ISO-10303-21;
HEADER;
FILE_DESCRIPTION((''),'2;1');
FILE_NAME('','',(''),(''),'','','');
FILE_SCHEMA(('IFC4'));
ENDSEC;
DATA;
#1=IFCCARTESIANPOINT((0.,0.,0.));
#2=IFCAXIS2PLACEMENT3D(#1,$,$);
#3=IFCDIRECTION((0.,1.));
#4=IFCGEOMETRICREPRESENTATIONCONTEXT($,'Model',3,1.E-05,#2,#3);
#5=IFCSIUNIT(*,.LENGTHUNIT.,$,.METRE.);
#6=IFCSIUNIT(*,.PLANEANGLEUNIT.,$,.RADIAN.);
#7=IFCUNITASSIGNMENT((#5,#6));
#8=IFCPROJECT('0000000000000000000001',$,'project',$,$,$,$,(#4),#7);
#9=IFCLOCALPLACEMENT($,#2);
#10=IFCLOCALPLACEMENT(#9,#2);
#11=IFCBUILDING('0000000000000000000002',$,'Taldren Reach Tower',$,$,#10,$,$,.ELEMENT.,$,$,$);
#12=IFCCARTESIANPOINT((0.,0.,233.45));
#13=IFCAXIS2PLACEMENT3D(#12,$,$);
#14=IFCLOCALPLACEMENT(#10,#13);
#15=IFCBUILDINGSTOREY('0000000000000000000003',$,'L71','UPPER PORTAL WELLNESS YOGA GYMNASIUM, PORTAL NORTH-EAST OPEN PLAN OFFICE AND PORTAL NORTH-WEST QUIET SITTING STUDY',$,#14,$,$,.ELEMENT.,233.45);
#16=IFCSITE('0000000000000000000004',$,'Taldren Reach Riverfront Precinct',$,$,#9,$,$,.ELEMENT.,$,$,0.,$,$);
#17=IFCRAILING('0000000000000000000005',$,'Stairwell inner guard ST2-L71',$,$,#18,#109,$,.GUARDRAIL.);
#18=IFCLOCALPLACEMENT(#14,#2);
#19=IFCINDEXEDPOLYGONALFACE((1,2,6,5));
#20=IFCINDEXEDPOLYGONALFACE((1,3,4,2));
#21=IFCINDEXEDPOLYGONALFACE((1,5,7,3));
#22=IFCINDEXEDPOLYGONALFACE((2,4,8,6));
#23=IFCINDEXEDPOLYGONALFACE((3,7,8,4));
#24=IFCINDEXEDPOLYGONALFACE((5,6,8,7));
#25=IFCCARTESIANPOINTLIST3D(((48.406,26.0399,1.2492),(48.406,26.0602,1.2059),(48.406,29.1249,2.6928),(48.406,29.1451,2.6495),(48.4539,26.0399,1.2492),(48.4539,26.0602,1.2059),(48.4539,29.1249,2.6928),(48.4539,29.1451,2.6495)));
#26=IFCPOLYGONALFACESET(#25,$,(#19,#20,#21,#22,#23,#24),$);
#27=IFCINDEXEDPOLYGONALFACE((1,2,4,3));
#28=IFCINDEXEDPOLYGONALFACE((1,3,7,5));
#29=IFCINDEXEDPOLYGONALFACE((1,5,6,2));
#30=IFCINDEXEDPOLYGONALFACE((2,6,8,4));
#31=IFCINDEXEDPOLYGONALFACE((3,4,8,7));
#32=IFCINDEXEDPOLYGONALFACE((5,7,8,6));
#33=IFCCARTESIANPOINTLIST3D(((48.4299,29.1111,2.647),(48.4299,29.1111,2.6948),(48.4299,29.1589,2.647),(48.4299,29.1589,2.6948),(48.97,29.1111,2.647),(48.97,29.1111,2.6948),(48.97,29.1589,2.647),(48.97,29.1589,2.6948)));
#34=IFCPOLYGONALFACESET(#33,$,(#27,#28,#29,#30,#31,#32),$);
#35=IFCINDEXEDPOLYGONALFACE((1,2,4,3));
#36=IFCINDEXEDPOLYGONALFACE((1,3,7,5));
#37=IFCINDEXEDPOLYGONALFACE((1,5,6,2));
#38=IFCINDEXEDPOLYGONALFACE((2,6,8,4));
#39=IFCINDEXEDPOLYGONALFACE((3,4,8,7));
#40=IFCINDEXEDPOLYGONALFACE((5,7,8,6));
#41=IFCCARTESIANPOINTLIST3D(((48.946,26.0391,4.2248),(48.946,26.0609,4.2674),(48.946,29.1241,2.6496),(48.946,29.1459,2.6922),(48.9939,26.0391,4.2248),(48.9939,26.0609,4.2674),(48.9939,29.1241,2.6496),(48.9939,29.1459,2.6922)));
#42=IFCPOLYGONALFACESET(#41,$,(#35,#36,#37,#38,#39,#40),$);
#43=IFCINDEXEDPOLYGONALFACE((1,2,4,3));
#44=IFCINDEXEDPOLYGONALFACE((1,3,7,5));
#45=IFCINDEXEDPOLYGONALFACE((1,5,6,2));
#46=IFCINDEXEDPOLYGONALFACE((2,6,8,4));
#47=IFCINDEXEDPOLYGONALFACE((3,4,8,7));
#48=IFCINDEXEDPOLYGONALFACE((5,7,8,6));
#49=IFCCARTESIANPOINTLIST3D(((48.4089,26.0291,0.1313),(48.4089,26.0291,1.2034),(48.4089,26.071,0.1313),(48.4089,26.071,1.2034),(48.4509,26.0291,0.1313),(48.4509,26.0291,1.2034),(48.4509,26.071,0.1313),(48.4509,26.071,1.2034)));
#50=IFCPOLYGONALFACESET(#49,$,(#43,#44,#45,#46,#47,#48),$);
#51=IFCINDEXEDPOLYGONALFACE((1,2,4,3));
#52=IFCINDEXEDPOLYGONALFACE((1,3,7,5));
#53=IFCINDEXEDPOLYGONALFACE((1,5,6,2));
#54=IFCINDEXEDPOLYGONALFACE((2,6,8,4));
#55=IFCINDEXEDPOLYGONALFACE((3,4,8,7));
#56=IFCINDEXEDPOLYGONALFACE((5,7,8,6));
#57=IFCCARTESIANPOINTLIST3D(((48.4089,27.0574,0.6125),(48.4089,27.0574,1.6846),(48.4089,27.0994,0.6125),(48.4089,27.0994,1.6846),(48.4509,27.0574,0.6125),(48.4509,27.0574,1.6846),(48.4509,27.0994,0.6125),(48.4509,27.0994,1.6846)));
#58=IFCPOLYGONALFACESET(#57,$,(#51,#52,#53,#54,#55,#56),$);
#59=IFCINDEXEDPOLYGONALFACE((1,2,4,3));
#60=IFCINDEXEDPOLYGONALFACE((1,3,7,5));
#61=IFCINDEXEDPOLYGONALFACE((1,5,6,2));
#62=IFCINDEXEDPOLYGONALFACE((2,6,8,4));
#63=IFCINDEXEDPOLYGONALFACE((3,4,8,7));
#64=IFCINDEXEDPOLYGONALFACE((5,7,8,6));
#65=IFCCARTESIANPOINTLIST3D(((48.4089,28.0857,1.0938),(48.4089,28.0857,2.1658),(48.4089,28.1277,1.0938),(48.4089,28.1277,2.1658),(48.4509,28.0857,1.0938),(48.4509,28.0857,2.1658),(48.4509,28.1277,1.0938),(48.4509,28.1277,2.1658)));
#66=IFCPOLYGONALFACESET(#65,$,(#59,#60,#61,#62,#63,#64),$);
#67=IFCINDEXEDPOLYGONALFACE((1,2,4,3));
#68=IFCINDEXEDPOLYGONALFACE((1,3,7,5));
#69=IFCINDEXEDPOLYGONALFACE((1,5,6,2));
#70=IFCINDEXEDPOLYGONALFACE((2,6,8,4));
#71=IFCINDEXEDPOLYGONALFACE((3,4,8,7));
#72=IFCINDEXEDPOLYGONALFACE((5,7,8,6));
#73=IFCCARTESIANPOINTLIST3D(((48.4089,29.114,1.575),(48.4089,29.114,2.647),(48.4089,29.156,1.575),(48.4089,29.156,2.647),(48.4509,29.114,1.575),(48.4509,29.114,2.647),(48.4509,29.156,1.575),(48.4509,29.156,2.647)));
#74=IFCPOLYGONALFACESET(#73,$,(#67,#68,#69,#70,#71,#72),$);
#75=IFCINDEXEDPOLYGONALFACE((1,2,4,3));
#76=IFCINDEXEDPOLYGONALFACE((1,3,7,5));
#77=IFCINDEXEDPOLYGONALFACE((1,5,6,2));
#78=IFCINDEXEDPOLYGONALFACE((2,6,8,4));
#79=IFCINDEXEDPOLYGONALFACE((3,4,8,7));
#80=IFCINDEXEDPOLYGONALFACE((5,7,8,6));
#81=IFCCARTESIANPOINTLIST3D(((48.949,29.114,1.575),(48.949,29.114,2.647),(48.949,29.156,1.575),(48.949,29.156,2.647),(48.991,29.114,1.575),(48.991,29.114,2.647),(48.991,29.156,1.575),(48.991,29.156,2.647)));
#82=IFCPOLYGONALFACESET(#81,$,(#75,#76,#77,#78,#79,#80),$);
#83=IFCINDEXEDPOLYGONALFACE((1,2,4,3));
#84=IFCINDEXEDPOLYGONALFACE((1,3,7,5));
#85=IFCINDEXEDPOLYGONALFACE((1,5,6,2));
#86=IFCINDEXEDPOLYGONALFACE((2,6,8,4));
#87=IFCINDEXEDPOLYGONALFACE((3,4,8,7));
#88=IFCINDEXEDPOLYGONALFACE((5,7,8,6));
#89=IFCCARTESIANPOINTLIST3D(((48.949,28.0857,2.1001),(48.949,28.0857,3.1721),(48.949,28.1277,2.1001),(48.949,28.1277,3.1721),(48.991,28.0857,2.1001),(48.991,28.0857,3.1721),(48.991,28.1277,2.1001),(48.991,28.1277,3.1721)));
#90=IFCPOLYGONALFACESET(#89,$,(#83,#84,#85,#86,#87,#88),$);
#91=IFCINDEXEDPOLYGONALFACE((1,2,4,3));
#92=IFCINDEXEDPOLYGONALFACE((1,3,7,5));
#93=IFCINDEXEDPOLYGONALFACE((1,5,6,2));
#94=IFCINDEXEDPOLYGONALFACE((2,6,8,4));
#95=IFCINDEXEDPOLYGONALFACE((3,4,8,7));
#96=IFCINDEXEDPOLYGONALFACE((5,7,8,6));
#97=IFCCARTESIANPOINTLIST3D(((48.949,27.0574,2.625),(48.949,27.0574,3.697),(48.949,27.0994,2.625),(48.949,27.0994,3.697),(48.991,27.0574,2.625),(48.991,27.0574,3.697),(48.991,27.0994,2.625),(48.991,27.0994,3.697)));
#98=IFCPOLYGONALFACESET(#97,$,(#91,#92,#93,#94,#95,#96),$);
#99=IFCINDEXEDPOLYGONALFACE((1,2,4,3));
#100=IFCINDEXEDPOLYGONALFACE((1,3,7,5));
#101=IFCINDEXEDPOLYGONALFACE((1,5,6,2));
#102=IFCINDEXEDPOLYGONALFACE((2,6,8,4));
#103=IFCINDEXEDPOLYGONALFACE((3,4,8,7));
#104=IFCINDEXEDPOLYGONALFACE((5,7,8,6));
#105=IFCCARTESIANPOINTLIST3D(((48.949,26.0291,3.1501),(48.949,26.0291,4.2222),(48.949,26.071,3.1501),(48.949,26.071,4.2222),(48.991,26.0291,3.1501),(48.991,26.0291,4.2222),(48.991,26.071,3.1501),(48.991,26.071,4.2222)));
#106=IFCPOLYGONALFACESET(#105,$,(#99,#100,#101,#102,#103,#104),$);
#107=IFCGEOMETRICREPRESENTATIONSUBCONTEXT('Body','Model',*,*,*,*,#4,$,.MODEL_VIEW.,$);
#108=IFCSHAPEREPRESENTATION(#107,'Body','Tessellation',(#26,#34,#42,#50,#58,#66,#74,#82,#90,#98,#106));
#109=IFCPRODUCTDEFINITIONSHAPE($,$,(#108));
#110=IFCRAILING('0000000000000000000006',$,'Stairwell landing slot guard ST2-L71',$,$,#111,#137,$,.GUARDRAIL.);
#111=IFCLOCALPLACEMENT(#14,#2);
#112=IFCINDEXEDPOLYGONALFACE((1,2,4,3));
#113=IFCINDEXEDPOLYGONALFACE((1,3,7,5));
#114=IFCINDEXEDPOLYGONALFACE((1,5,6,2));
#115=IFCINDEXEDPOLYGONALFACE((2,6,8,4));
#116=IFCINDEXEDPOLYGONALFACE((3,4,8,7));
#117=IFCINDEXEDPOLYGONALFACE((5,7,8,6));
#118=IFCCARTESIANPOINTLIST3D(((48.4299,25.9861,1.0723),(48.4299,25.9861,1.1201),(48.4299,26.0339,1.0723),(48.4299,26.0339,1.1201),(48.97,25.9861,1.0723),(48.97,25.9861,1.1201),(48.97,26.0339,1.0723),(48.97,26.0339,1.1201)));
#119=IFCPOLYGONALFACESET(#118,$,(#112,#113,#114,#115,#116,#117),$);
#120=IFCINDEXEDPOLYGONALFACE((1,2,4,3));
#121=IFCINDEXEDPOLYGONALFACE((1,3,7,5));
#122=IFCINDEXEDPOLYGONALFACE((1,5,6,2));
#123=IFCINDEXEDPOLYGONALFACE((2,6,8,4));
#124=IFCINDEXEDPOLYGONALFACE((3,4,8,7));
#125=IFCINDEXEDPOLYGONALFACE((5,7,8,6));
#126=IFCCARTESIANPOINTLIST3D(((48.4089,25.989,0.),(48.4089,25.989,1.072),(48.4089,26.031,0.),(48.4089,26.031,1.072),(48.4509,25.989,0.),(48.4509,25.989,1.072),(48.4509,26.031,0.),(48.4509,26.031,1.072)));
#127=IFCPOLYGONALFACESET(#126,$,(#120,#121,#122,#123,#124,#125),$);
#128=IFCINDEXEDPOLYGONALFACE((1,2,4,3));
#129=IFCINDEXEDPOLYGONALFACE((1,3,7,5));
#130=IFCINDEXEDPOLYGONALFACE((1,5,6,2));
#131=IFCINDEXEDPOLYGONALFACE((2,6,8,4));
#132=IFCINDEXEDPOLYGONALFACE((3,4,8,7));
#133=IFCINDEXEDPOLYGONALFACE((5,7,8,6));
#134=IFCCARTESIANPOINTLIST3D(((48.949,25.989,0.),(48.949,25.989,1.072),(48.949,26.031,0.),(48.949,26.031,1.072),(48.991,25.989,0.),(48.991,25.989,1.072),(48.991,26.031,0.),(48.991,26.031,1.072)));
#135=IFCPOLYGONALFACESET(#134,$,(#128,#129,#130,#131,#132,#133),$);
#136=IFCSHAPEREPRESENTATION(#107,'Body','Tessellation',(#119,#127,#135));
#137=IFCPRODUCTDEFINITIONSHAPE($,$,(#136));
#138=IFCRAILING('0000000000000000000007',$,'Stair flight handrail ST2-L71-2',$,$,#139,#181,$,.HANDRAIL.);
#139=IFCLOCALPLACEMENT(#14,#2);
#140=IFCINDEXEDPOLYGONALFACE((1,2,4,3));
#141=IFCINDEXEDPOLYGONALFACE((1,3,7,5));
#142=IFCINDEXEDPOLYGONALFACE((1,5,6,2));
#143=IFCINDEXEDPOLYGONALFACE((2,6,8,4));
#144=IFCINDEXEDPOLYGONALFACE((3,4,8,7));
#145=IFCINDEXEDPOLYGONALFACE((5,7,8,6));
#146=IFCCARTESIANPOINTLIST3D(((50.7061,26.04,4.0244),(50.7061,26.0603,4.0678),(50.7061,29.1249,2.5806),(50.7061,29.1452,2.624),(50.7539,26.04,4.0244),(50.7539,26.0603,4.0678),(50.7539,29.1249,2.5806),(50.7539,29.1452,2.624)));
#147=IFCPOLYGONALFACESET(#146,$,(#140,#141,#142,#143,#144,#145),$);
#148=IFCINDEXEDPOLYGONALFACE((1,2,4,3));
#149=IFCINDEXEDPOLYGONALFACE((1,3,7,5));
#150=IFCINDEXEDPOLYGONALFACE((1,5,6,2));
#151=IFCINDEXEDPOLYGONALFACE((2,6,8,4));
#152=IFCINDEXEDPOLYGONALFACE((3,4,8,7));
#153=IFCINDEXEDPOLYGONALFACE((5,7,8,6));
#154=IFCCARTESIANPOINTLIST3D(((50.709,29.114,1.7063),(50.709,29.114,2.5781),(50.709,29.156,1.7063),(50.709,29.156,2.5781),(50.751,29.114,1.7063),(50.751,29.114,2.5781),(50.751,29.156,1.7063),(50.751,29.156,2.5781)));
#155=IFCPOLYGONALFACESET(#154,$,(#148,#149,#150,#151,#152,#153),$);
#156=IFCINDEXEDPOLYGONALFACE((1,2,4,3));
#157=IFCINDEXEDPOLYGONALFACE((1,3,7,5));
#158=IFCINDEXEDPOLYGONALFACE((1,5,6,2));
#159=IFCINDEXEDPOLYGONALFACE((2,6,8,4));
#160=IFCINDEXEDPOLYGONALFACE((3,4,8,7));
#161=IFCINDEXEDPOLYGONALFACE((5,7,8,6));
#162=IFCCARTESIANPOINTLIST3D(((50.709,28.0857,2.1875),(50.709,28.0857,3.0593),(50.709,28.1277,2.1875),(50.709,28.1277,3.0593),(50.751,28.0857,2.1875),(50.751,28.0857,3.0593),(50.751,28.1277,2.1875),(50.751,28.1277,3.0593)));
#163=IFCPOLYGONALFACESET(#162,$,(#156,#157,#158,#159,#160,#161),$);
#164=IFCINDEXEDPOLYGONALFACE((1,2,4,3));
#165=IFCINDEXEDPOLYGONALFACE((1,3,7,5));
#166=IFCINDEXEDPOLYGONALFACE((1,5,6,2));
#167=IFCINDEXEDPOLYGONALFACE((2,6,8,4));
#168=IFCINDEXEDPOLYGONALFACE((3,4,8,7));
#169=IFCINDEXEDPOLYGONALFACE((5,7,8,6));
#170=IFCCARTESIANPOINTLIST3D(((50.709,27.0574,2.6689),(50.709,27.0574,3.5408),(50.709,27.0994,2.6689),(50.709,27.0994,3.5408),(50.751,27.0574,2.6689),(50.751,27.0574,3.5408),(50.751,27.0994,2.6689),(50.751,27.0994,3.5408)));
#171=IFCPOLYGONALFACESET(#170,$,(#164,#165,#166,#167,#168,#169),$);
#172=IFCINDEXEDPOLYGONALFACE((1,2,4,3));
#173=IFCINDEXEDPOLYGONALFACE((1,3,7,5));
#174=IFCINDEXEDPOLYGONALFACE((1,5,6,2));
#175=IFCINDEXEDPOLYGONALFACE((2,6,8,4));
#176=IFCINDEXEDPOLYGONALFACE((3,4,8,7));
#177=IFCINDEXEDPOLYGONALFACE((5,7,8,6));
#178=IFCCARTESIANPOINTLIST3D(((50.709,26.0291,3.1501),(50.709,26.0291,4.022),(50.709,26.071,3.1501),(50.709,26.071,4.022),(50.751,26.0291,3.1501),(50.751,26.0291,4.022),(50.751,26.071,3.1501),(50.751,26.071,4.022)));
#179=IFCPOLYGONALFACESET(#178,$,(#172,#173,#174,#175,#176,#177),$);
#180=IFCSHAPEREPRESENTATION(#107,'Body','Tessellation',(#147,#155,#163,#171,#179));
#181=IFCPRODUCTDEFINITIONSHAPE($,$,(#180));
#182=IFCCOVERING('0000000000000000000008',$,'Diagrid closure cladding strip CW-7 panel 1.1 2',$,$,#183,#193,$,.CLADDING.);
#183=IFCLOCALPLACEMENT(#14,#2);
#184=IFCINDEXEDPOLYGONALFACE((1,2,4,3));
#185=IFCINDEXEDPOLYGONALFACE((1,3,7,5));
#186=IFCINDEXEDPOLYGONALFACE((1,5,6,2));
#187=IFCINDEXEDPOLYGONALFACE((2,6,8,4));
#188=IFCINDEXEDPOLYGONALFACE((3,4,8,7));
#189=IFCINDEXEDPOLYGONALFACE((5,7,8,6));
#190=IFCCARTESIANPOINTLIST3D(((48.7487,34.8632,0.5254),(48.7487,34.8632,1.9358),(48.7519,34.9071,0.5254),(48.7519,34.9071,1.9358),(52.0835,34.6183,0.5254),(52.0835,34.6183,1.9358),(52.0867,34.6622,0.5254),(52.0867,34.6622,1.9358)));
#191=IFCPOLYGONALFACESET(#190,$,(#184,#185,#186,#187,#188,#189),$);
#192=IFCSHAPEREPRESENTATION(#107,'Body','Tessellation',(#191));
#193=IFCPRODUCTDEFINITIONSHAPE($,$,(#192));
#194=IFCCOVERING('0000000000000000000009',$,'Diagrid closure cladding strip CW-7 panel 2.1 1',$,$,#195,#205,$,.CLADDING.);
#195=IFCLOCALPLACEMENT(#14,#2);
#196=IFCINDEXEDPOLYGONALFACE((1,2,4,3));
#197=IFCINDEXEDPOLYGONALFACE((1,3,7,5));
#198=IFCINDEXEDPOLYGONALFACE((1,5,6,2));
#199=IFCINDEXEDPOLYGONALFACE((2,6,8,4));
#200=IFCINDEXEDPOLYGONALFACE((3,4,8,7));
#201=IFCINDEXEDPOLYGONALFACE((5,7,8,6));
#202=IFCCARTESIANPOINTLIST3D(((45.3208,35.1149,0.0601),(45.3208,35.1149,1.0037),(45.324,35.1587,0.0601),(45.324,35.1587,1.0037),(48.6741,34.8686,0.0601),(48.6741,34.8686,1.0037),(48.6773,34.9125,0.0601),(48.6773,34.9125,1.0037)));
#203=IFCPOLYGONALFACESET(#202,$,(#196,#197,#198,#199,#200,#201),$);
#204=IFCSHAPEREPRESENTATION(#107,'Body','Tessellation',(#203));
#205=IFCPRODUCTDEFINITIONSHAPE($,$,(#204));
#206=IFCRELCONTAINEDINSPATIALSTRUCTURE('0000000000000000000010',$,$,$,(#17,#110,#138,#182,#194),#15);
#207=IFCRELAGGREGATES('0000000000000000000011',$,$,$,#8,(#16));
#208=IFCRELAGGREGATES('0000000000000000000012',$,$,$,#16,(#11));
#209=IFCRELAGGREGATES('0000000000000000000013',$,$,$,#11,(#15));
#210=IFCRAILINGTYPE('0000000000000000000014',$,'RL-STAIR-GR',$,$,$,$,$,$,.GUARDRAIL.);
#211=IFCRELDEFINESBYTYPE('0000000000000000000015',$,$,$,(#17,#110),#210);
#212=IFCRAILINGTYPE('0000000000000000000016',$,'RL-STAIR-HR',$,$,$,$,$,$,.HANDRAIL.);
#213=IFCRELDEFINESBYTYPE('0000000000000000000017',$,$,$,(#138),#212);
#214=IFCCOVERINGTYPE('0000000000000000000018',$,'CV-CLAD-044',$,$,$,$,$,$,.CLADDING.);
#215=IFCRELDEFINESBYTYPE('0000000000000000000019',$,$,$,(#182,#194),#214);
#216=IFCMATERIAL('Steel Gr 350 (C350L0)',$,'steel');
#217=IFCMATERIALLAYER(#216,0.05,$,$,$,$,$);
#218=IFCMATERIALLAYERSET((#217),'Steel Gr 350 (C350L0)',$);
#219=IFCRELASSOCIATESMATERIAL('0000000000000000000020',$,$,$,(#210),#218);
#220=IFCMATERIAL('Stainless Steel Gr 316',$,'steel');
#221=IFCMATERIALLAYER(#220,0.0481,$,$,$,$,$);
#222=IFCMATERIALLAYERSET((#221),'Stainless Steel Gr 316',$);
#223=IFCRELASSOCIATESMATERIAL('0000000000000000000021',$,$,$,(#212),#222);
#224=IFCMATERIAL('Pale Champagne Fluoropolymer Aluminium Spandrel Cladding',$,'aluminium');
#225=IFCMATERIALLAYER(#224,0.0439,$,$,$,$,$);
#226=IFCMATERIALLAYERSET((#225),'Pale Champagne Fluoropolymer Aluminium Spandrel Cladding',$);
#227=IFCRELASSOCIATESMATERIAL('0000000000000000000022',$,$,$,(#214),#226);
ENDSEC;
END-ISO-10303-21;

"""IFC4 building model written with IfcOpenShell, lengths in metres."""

from ifc_helpers import new_model, si_unit, direction, frame, origin, origin_2d, place, context, subcontext, project, spatial, rectangle, extrude, source, transform, mapped, material, layer, layer_set, type_object, element, save


model = new_model("IFC4")

# Units and contexts
model_context = context("Model", 3, precision=1e-05, world=origin(), true_north=direction((0.0, 1.0)))
body_context = subcontext(model_context, "Body", "Model", "MODEL_VIEW")
ifc_project = project(units=[si_unit("LENGTHUNIT", "METRE"), si_unit("PLANEANGLEUNIT", "RADIAN")], contexts=[model_context])

# Site, building, storey
site_placement = place(None, origin())
site = spatial("IfcSite", under=ifc_project, at=site_placement, Name="Taldren Reach Riverfront Precinct", CompositionType="ELEMENT", RefElevation=0.0)
building_placement = place(site_placement, origin())
building = spatial("IfcBuilding", under=site, at=building_placement, Name="Taldren Reach Tower", CompositionType="ELEMENT")
storey_placement = place(building_placement, frame((0.0, 0.0, 233.45)))
storey = spatial("IfcBuildingStorey", under=building, at=storey_placement, Name="L71", Description="UPPER PORTAL WELLNESS YOGA GYMNASIUM, PORTAL NORTH-EAST OPEN PLAN OFFICE AND PORTAL NORTH-WEST QUIET SITTING STUDY", CompositionType="ELEMENT", Elevation=233.45)

# Shared definitions
ifc_material_1 = material(Name="Steel Gr 350 (C350L0)", Category="steel")

# Railings
ifc_layer_1 = layer(ifc_material_1, 0.05)
ifc_layer_set_1 = layer_set([ifc_layer_1], Name="Steel Gr 350 (C350L0)")
railing_type_1 = type_object("IfcRailingType", Name="RL-STAIR-GR", PredefinedType="GUARDRAIL", material=ifc_layer_set_1)
railing_1_placement = place(storey_placement, frame((48.4299, 26.05, 0.1313)))
element("IfcRailing", 1, at=railing_1_placement, inside=storey, type_object=railing_type_1, Name="Stairwell inner guard ST2-L71", PredefinedType="GUARDRAIL", context=body_context, shape_type="SweptSolid", body=[
    extrude(rectangle(XDim=0.0479, YDim=0.0479, at=origin_2d()), frame((0.0, 0.0, 1.0962), z_axis=(0.0, 0.905738, 0.423839), x_axis=(-1.0, 0.0, 0.0)), (0.0, 0.0, 1.0), 3.406),
    extrude(rectangle(XDim=0.0479, YDim=0.0479, at=origin_2d()), frame((0.0, 3.085, 2.5396), z_axis=(1.0, 0.0, 0.0), x_axis=(0.0, 1.0, 0.0)), (0.0, 0.0, 1.0), 0.54),
    extrude(rectangle(XDim=0.0479, YDim=0.0479, at=origin_2d()), frame((0.54, 3.085, 2.5396), z_axis=(0.0, -0.890617, 0.454753), x_axis=(1.0, 0.0, 0.0)), (0.0, 0.0, 1.0), 3.4639),
    extrude(rectangle(XDim=0.042, YDim=0.042, at=origin_2d()), origin(), (0.0, 0.0, 1.0), 1.072),
    extrude(rectangle(XDim=0.042, YDim=0.042, at=origin_2d()), frame((0.0, 1.0283, 0.4812)), (0.0, 0.0, 1.0), 1.072),
    extrude(rectangle(XDim=0.042, YDim=0.042, at=origin_2d()), frame((0.0, 2.0566, 0.9624)), (0.0, 0.0, 1.0), 1.072),
    extrude(rectangle(XDim=0.042, YDim=0.042, at=origin_2d()), frame((0.0, 3.085, 1.4436)), (0.0, 0.0, 1.0), 1.072),
    extrude(rectangle(XDim=0.042, YDim=0.042, at=origin_2d()), frame((0.54, 3.085, 1.4436)), (0.0, 0.0, 1.0), 1.072),
    extrude(rectangle(XDim=0.042, YDim=0.042, at=origin_2d()), frame((0.54, 2.0566, 1.9688)), (0.0, 0.0, 1.0), 1.072),
    extrude(rectangle(XDim=0.042, YDim=0.042, at=origin_2d()), frame((0.54, 1.0283, 2.4937)), (0.0, 0.0, 1.0), 1.072),
    extrude(rectangle(XDim=0.042, YDim=0.042, at=origin_2d()), frame((0.54, 0.0, 3.0188)), (0.0, 0.0, 1.0), 1.072),
])
railing_2_placement = place(storey_placement, frame((48.4299, 26.01, 0.0)))
element("IfcRailing", 2, at=railing_2_placement, inside=storey, type_object=railing_type_1, Name="Stairwell landing slot guard ST2-L71", PredefinedType="GUARDRAIL", context=body_context, shape_type="SweptSolid", body=[
    extrude(rectangle(XDim=0.0479, YDim=0.0479, at=origin_2d()), frame((0.0, 0.0, 1.0962), z_axis=(1.0, 0.0, 0.0), x_axis=(0.0, 1.0, 0.0)), (0.0, 0.0, 1.0), 0.54),
    extrude(rectangle(XDim=0.042, YDim=0.042, at=origin_2d()), origin(), (0.0, 0.0, 1.0), 1.072),
    extrude(rectangle(XDim=0.042, YDim=0.042, at=origin_2d()), frame((0.54, 0.0, 0.0)), (0.0, 0.0, 1.0), 1.072),
])
ifc_material_2 = material(Name="Stainless Steel Gr 316", Category="steel")
ifc_layer_2 = layer(ifc_material_2, 0.0481)
ifc_layer_set_2 = layer_set([ifc_layer_2], Name="Stainless Steel Gr 316")
railing_type_2 = type_object("IfcRailingType", Name="RL-STAIR-HR", PredefinedType="HANDRAIL", material=ifc_layer_set_2)
railing_3_placement = place(storey_placement, frame((50.73, 29.135, 1.7063)))
element("IfcRailing", 3, at=railing_3_placement, inside=storey, type_object=railing_type_2, Name="Stair flight handrail ST2-L71-2", PredefinedType="HANDRAIL", context=body_context, shape_type="SweptSolid", body=[
    extrude(rectangle(XDim=0.0479, YDim=0.0479, at=origin_2d()), frame((0.0, 0.0, 0.896), z_axis=(0.0, -0.90571, 0.423898), x_axis=(1.0, 0.0, 0.0)), (0.0, 0.0, 1.0), 3.406),
    extrude(rectangle(XDim=0.042, YDim=0.042, at=origin_2d()), origin(), (0.0, 0.0, 1.0), 0.8718),
    extrude(rectangle(XDim=0.042, YDim=0.042, at=origin_2d()), frame((0.0, -1.0283, 0.4812)), (0.0, 0.0, 1.0), 0.8718),
    extrude(rectangle(XDim=0.042, YDim=0.042, at=origin_2d()), frame((0.0, -2.0566, 0.9626)), (0.0, 0.0, 1.0), 0.8718),
    extrude(rectangle(XDim=0.042, YDim=0.042, at=origin_2d()), frame((0.0, -3.085, 1.4438)), (0.0, 0.0, 1.0), 0.8718),
])

# Coverings
ifc_material_3 = material(Name="Pale Champagne Fluoropolymer Aluminium Spandrel Cladding", Category="aluminium")
ifc_layer_3 = layer(ifc_material_3, 0.0439)
ifc_layer_set_3 = layer_set([ifc_layer_3], Name="Pale Champagne Fluoropolymer Aluminium Spandrel Cladding")
covering_type = type_object("IfcCoveringType", Name="CV-CLAD-044", PredefinedType="CLADDING", material=ifc_layer_set_3)
shared_shape_1 = source(origin(), body_context, "Body", "SweptSolid", [
    extrude(rectangle(XDim=3.3438, YDim=0.0439, at=origin_2d()), origin(), (0.0, 0.0, 1.0), 1.4104),
])
covering_1_placement = place(storey_placement, frame((50.4177, 34.7627, 0.5254), z_axis=(0.0, 0.0, 1.0), x_axis=(-0.997314, 0.073238, 0.0)))
element("IfcCovering", 4, at=covering_1_placement, inside=storey, type_object=covering_type, Name="Diagrid closure cladding strip CW-7 panel 1.1 2", PredefinedType="CLADDING", context=body_context, shape_type="MappedRepresentation", body=[
    mapped(shared_shape_1, transform((0.0, 0.0, 0.0), scale=1.0)),
])
shared_shape_2 = source(origin(), body_context, "Body", "SweptSolid", [
    extrude(rectangle(XDim=3.3623, YDim=0.0439, at=origin_2d()), origin(), (0.0, 0.0, 1.0), 0.9436),
])
covering_2_placement = place(storey_placement, frame((46.999, 35.0137, 0.0601), z_axis=(0.0, 0.0, 1.0), x_axis=(-0.997314, 0.073238, 0.0)))
element("IfcCovering", 5, at=covering_2_placement, inside=storey, type_object=covering_type, Name="Diagrid closure cladding strip CW-7 panel 2.1 1", PredefinedType="CLADDING", context=body_context, shape_type="MappedRepresentation", body=[
    mapped(shared_shape_2, transform((0.0, 0.0, 0.0), scale=1.0)),
])

save(model, "model.ifc")
